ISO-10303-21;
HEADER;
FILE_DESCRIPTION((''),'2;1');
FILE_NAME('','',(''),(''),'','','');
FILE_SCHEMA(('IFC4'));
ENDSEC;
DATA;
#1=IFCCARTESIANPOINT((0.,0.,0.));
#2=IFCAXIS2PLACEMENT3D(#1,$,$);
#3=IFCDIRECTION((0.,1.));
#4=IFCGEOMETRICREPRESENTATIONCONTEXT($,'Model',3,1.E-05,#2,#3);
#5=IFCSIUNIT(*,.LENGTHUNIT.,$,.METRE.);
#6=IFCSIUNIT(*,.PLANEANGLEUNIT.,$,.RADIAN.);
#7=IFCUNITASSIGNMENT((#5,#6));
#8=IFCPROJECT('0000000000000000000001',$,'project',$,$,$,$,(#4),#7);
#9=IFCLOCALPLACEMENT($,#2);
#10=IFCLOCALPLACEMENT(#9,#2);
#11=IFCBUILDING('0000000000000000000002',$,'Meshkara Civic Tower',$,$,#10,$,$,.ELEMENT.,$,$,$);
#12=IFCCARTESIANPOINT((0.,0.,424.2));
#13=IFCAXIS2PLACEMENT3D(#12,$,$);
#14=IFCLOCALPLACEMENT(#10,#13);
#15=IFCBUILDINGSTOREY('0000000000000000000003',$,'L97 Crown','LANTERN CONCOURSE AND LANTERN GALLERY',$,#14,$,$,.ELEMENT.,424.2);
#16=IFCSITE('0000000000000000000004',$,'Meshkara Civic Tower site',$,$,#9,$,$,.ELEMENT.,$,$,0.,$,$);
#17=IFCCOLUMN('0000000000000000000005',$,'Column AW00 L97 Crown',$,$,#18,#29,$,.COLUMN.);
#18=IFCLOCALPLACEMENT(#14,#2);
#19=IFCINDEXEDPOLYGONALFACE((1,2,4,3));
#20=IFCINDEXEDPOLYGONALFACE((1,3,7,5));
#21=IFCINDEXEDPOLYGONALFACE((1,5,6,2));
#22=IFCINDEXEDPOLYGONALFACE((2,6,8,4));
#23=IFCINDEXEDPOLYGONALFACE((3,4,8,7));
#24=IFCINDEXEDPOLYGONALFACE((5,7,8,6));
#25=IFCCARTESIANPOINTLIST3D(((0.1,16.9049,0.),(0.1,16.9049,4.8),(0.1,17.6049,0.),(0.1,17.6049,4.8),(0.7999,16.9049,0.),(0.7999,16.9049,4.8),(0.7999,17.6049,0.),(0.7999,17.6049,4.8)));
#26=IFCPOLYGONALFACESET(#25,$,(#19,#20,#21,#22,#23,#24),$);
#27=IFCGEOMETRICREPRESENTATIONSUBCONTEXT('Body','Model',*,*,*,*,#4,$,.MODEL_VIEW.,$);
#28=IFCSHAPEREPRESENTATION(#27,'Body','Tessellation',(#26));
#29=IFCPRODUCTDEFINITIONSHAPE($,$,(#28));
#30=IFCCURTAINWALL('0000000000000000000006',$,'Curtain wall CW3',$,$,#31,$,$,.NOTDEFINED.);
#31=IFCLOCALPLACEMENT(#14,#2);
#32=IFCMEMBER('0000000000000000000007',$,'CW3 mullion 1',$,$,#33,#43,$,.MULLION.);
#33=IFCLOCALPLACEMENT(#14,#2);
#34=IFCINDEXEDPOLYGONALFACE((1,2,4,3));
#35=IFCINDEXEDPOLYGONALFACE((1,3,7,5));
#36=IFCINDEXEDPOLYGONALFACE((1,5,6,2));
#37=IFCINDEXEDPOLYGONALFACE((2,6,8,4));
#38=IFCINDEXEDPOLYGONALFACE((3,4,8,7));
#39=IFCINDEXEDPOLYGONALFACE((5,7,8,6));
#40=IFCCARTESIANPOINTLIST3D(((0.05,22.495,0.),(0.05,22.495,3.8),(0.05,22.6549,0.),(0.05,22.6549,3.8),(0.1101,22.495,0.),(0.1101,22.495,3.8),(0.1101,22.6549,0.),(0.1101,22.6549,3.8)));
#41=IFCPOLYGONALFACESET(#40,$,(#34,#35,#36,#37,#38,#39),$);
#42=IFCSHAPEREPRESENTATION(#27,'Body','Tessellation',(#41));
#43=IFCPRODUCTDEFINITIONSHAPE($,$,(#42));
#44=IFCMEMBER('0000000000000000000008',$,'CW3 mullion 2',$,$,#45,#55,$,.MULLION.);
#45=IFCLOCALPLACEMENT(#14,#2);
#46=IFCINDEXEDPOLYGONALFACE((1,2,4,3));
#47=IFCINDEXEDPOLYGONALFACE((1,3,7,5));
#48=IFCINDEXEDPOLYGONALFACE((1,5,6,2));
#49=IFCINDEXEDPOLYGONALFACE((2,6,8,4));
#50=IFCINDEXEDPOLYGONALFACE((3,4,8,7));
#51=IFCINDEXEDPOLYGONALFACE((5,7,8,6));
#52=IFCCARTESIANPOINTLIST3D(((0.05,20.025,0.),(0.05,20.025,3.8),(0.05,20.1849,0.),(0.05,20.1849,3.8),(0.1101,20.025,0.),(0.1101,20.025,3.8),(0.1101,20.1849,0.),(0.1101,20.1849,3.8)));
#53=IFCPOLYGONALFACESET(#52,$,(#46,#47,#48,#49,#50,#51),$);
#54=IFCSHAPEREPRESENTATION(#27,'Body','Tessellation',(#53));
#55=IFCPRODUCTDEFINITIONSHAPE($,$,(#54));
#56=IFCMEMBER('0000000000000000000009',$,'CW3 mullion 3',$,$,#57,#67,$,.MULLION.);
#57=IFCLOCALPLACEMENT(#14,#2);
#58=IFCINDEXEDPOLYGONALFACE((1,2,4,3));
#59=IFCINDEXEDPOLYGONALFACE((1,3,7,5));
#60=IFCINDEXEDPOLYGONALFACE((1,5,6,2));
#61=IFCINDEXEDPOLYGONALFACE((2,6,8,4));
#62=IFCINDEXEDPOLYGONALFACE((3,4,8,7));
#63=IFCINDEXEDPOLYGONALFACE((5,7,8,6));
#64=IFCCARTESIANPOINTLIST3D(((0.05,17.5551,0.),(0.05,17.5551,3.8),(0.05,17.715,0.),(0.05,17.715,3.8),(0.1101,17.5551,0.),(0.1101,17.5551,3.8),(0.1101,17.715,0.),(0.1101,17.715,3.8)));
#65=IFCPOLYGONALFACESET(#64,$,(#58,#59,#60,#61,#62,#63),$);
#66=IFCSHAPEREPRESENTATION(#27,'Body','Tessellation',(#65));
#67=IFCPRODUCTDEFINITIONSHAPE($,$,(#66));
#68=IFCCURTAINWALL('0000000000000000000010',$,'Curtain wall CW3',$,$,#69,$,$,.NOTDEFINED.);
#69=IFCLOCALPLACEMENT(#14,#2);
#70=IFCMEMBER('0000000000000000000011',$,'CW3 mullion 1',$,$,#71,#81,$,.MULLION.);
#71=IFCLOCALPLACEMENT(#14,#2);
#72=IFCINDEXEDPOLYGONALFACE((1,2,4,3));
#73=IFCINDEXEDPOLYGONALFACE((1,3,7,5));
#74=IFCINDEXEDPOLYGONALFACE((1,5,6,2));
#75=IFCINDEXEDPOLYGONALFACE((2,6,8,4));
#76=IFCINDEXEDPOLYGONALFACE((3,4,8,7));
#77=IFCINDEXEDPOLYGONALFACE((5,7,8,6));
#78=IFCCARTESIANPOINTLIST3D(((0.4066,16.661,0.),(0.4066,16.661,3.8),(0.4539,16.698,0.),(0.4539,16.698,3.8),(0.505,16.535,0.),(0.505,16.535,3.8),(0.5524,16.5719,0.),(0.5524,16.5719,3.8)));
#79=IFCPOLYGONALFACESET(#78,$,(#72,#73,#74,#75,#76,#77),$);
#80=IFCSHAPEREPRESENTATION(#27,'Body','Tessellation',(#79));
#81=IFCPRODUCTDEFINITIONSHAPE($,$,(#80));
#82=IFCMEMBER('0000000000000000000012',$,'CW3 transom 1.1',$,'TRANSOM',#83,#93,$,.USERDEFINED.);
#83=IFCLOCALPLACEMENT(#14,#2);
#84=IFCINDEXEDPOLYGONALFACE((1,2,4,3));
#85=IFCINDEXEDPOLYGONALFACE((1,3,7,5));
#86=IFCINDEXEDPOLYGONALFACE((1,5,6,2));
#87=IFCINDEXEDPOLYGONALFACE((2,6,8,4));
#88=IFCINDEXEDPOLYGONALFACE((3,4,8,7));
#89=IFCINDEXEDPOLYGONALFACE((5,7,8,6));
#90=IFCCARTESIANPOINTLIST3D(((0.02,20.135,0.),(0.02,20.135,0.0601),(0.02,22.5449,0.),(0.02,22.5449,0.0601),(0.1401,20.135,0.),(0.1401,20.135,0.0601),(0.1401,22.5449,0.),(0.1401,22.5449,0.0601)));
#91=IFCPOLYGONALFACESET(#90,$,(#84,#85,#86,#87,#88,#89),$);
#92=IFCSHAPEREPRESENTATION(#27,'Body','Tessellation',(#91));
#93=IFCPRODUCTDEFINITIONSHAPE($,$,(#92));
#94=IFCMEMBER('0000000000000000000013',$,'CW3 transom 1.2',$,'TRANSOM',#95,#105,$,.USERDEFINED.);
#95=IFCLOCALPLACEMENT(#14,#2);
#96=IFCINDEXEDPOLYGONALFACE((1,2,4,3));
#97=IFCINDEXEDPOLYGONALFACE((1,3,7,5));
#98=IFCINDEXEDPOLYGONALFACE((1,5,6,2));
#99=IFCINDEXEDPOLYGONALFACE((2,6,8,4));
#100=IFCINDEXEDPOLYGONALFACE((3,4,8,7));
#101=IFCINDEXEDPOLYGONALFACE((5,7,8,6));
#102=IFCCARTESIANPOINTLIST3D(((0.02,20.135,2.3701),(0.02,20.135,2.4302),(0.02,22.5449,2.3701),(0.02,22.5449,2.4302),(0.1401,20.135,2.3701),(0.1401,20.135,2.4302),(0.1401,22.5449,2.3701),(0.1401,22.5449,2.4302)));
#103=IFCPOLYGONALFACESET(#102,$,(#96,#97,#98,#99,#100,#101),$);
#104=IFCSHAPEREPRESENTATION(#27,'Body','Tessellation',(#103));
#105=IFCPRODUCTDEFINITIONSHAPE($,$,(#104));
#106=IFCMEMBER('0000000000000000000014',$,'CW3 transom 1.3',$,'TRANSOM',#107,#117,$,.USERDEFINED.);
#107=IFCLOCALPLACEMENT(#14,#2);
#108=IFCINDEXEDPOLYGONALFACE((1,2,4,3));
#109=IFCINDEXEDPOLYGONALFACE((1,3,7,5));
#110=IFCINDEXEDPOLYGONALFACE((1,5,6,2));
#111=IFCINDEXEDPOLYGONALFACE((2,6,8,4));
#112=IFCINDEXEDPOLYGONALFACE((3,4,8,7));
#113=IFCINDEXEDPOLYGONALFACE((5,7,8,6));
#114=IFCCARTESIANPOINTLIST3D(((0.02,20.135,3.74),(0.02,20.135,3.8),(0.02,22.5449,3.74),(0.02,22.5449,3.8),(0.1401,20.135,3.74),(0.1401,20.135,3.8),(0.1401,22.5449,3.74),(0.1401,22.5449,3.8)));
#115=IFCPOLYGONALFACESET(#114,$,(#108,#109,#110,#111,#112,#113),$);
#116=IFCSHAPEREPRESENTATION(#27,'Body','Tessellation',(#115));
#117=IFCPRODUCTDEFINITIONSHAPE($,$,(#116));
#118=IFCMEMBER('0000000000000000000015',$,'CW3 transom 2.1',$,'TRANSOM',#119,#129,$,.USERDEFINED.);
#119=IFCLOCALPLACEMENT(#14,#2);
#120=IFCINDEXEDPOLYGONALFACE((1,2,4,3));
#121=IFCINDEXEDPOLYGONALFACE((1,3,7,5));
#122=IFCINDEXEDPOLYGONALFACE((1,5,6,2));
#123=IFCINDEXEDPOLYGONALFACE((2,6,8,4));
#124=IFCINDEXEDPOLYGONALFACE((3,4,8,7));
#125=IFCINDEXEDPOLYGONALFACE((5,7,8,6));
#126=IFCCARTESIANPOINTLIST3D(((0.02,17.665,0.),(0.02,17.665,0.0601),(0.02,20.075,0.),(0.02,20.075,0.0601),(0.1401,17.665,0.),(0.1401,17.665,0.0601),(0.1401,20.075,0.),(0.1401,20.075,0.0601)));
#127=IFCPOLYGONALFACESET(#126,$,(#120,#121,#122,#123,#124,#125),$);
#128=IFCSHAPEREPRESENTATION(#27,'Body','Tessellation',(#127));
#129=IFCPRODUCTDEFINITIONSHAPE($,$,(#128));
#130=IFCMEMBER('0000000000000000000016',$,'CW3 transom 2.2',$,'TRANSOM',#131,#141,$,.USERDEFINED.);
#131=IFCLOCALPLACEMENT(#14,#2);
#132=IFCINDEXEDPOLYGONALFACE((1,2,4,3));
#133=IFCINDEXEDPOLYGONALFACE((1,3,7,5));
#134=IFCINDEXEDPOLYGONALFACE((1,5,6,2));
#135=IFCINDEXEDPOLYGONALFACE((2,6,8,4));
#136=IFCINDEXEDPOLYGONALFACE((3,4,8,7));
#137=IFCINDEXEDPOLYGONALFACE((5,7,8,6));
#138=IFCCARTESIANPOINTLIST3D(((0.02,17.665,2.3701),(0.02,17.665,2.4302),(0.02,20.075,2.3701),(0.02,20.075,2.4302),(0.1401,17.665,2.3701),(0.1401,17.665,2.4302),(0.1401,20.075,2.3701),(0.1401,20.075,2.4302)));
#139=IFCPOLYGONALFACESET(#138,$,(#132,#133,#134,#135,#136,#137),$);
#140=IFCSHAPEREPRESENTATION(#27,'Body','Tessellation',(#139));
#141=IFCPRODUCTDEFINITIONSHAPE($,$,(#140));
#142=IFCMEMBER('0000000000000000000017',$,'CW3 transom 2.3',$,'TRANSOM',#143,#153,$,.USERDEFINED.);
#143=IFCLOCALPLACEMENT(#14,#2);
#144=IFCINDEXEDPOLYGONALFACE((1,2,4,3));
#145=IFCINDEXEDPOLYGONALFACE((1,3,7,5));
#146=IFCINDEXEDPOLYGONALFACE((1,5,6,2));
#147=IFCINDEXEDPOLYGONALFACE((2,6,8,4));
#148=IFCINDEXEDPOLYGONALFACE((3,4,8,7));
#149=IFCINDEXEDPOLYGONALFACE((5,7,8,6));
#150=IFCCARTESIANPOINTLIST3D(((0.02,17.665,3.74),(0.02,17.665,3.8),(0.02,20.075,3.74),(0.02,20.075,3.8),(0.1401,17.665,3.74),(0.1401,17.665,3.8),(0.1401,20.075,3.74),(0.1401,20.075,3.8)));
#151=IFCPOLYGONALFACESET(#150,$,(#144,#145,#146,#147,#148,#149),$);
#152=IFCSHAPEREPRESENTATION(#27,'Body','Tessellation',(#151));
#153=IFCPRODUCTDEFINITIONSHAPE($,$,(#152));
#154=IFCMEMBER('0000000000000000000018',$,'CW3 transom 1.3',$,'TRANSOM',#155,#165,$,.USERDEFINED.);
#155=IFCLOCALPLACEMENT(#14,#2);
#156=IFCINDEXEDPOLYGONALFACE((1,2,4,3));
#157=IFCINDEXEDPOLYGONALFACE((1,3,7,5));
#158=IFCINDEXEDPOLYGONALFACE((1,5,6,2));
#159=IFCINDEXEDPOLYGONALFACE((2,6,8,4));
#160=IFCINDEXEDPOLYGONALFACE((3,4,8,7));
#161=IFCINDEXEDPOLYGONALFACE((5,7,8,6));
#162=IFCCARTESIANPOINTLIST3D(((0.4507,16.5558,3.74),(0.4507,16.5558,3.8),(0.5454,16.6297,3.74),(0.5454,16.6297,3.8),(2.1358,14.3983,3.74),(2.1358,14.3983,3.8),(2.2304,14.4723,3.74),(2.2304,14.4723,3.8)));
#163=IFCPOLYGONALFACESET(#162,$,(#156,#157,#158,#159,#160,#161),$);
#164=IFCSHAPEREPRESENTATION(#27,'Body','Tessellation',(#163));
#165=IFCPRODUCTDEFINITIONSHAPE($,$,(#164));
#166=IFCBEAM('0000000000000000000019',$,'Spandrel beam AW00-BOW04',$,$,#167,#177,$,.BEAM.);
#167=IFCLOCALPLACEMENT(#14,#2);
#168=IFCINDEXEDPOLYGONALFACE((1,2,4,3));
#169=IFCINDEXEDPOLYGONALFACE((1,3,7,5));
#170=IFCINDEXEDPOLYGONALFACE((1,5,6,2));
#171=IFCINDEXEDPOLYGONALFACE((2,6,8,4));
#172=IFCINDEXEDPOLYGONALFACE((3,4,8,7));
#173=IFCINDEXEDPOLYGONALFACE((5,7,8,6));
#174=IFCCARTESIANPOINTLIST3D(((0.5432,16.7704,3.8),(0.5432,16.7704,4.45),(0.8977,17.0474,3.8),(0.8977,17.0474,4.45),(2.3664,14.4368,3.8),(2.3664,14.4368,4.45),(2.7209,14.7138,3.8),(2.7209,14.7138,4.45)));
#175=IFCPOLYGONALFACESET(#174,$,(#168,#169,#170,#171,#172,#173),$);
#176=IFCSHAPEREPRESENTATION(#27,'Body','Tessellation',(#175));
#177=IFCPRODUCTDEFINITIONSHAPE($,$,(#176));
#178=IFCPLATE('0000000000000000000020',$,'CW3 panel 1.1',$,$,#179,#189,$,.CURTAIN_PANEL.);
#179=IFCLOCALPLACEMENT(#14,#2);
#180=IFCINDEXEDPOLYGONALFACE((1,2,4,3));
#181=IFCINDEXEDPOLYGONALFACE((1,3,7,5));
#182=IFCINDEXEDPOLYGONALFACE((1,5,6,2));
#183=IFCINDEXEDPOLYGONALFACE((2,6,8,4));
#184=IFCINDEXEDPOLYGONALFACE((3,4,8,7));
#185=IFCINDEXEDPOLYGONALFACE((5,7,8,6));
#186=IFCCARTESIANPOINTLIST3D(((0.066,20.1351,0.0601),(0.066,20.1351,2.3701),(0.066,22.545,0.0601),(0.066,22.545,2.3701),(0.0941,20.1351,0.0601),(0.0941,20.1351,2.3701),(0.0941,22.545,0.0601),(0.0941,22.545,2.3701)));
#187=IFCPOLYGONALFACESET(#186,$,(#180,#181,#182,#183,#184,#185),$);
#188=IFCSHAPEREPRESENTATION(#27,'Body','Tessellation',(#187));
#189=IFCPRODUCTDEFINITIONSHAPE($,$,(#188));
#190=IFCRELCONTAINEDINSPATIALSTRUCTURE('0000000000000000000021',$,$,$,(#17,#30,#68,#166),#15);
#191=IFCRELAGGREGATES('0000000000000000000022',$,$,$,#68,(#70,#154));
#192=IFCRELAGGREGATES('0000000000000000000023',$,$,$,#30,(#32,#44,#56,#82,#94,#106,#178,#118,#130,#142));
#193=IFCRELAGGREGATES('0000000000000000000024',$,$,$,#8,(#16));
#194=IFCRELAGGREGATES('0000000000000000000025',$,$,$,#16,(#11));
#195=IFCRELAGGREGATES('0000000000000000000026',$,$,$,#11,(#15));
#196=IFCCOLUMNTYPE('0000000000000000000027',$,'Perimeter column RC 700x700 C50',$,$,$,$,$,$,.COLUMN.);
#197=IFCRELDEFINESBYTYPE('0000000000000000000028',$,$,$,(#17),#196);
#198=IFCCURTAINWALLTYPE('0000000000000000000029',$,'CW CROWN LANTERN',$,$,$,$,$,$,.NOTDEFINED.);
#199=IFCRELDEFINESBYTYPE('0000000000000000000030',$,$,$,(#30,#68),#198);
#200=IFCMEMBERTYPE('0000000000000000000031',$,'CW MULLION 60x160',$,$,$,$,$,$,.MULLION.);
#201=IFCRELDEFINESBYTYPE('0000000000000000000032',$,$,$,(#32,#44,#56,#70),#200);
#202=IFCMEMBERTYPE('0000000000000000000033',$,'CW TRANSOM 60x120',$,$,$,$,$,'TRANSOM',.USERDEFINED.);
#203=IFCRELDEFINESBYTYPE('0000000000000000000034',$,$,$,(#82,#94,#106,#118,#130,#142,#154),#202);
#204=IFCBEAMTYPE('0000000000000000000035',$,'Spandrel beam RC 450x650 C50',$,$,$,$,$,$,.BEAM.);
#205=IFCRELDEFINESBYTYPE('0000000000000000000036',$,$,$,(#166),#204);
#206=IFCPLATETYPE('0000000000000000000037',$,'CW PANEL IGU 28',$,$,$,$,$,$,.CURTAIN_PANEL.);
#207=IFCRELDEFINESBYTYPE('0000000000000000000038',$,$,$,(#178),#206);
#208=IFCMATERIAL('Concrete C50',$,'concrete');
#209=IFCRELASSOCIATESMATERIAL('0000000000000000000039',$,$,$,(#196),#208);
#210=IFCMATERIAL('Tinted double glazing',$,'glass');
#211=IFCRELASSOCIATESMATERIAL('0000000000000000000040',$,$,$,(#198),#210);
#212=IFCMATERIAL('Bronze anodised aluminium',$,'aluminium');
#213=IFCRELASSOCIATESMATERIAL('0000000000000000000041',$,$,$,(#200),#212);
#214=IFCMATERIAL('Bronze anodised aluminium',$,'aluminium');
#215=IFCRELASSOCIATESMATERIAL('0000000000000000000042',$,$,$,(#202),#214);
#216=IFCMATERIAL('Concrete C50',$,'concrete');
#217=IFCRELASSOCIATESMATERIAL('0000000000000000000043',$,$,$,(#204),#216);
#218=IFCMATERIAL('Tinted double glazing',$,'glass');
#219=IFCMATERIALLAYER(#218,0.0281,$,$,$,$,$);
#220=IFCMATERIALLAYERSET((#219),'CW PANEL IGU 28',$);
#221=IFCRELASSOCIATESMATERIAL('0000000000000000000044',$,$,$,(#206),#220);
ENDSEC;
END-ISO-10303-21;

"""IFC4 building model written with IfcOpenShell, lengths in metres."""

from ifc_helpers import new_model, si_unit, direction, frame, origin, origin_2d, place, context, subcontext, project, spatial, rectangle, extrude, material, layer, layer_set, material_profile, profile_set, type_object, element, aggregate, save


model = new_model("IFC4")

# Units and contexts
model_context = context("Model", 3, precision=1e-05, world=origin(), true_north=direction((0.0, 1.0)))
body_context = subcontext(model_context, "Body", "Model", "MODEL_VIEW")
ifc_project = project(units=[si_unit("LENGTHUNIT", "METRE"), si_unit("PLANEANGLEUNIT", "RADIAN")], contexts=[model_context])

# Site, building, storey
site_placement = place(None, origin())
site = spatial("IfcSite", under=ifc_project, at=site_placement, Name="Meshkara Civic Tower site", CompositionType="ELEMENT", RefElevation=0.0)
building_placement = place(site_placement, origin())
building = spatial("IfcBuilding", under=site, at=building_placement, Name="Meshkara Civic Tower", CompositionType="ELEMENT")
storey_placement = place(building_placement, frame((0.0, 0.0, 424.2)))
storey = spatial("IfcBuildingStorey", under=building, at=storey_placement, Name="L97 Crown", Description="LANTERN CONCOURSE AND LANTERN GALLERY", CompositionType="ELEMENT", Elevation=424.2)

# Column
ifc_material_1 = material(Name="Concrete C50", Category="concrete")
ifc_material_profile_1 = material_profile(ifc_material_1, rectangle(XDim=0.7, YDim=0.7, at=origin_2d()))
ifc_profile_set_1 = profile_set([ifc_material_profile_1], Name="Concrete C50")
column_type = type_object("IfcColumnType", Name="Perimeter column RC 700x700 C50", PredefinedType="COLUMN", material=ifc_profile_set_1)
column_placement = place(storey_placement, frame((0.45, 17.2549, 0.0), z_axis=(0.0, 0.0, 1.0), x_axis=(1.0, 0.0, 0.0)))
element("IfcColumn", 1, at=column_placement, inside=storey, type_object=column_type, Name="Column AW00 L97 Crown", PredefinedType="COLUMN", context=body_context, shape_type="SweptSolid", body=[
    extrude(rectangle(XDim=0.7, YDim=0.7, at=origin_2d()), origin(), (0.0, 0.0, 1.0), 4.8),
])

# Curtain wall, members
ifc_material_2 = material(Name="Tinted double glazing", Category="glass")
curtain_wall_type = type_object("IfcCurtainWallType", Name="CW CROWN LANTERN", PredefinedType="NOTDEFINED", material=ifc_material_2)
curtain_wall_1_placement = place(storey_placement, origin())
curtain_wall_1 = element("IfcCurtainWall", 2, at=curtain_wall_1_placement, inside=storey, type_object=curtain_wall_type, Name="Curtain wall CW3", PredefinedType="NOTDEFINED")
ifc_material_3 = material(Name="Bronze anodised aluminium", Category="aluminium")
ifc_material_profile_2 = material_profile(ifc_material_3, rectangle(XDim=0.0601, YDim=0.1599, at=origin_2d()))
ifc_profile_set_2 = profile_set([ifc_material_profile_2], Name="Bronze anodised aluminium")
member_type_1 = type_object("IfcMemberType", Name="CW MULLION 60x160", PredefinedType="MULLION", material=ifc_profile_set_2)
member_1_placement = place(storey_placement, frame((0.0801, 22.575, 0.0), z_axis=(0.0, 0.0, 1.0), x_axis=(1.0, 0.0, 0.0)))
member_1 = element("IfcMember", 3, at=member_1_placement, type_object=member_type_1, Name="CW3 mullion 1", PredefinedType="MULLION", context=body_context, shape_type="SweptSolid", body=[
    extrude(rectangle(XDim=0.0601, YDim=0.1599, at=origin_2d()), origin(), (0.0, 0.0, 1.0), 3.8),
])
member_2_placement = place(storey_placement, frame((0.0801, 20.105, 0.0), z_axis=(0.0, 0.0, 1.0), x_axis=(1.0, 0.0, 0.0)))
member_2 = element("IfcMember", 4, at=member_2_placement, type_object=member_type_1, Name="CW3 mullion 2", PredefinedType="MULLION", context=body_context, shape_type="SweptSolid", body=[
    extrude(rectangle(XDim=0.0601, YDim=0.1599, at=origin_2d()), origin(), (0.0, 0.0, 1.0), 3.8),
])
member_3_placement = place(storey_placement, frame((0.0801, 17.635, 0.0), z_axis=(0.0, 0.0, 1.0), x_axis=(1.0, 0.0, 0.0)))
member_3 = element("IfcMember", 5, at=member_3_placement, type_object=member_type_1, Name="CW3 mullion 3", PredefinedType="MULLION", context=body_context, shape_type="SweptSolid", body=[
    extrude(rectangle(XDim=0.0601, YDim=0.1599, at=origin_2d()), origin(), (0.0, 0.0, 1.0), 3.8),
])

# Curtain wall, member
curtain_wall_2_placement = place(storey_placement, origin())
curtain_wall_2 = element("IfcCurtainWall", 6, at=curtain_wall_2_placement, inside=storey, type_object=curtain_wall_type, Name="Curtain wall CW3", PredefinedType="NOTDEFINED")
member_4_placement = place(storey_placement, frame((0.4795, 16.6165, 0.0), z_axis=(0.0, 0.0, 1.0), x_axis=(0.788088, 0.615563, 0.0)))
member_4 = element("IfcMember", 7, at=member_4_placement, type_object=member_type_1, Name="CW3 mullion 1", PredefinedType="MULLION", context=body_context, shape_type="SweptSolid", body=[
    extrude(rectangle(XDim=0.0601, YDim=0.1599, at=origin_2d()), origin(), (0.0, 0.0, 1.0), 3.8),
])

# Members
ifc_material_4 = material(Name="Bronze anodised aluminium", Category="aluminium")
ifc_material_profile_3 = material_profile(ifc_material_4, rectangle(XDim=0.1201, YDim=0.0601, at=origin_2d()))
ifc_profile_set_3 = profile_set([ifc_material_profile_3], Name="Bronze anodised aluminium")
member_type_2 = type_object("IfcMemberType", Name="CW TRANSOM 60x120", ElementType="TRANSOM", PredefinedType="USERDEFINED", material=ifc_profile_set_3)
member_5_placement = place(storey_placement, frame((0.0801, 22.5449, 0.03), z_axis=(0.0, -1.0, 0.0), x_axis=(1.0, 0.0, 0.0)))
member_5 = element("IfcMember", 8, at=member_5_placement, type_object=member_type_2, Name="CW3 transom 1.1", ObjectType="TRANSOM", PredefinedType="USERDEFINED", context=body_context, shape_type="SweptSolid", body=[
    extrude(rectangle(XDim=0.1201, YDim=0.0601, at=origin_2d()), origin(), (0.0, 0.0, 1.0), 2.4099),
])
member_6_placement = place(storey_placement, frame((0.0801, 22.5449, 2.4001), z_axis=(0.0, -1.0, 0.0), x_axis=(1.0, 0.0, 0.0)))
member_6 = element("IfcMember", 9, at=member_6_placement, type_object=member_type_2, Name="CW3 transom 1.2", ObjectType="TRANSOM", PredefinedType="USERDEFINED", context=body_context, shape_type="SweptSolid", body=[
    extrude(rectangle(XDim=0.1201, YDim=0.0601, at=origin_2d()), origin(), (0.0, 0.0, 1.0), 2.4099),
])
member_7_placement = place(storey_placement, frame((0.0801, 22.5449, 3.77), z_axis=(0.0, -1.0, 0.0), x_axis=(1.0, 0.0, 0.0)))
member_7 = element("IfcMember", 10, at=member_7_placement, type_object=member_type_2, Name="CW3 transom 1.3", ObjectType="TRANSOM", PredefinedType="USERDEFINED", context=body_context, shape_type="SweptSolid", body=[
    extrude(rectangle(XDim=0.1201, YDim=0.0601, at=origin_2d()), origin(), (0.0, 0.0, 1.0), 2.4099),
])
member_8_placement = place(storey_placement, frame((0.0801, 20.075, 0.03), z_axis=(0.0, -1.0, 0.0), x_axis=(1.0, 0.0, 0.0)))
member_8 = element("IfcMember", 11, at=member_8_placement, type_object=member_type_2, Name="CW3 transom 2.1", ObjectType="TRANSOM", PredefinedType="USERDEFINED", context=body_context, shape_type="SweptSolid", body=[
    extrude(rectangle(XDim=0.1201, YDim=0.0601, at=origin_2d()), origin(), (0.0, 0.0, 1.0), 2.4099),
])
member_9_placement = place(storey_placement, frame((0.0801, 20.075, 2.4001), z_axis=(0.0, -1.0, 0.0), x_axis=(1.0, 0.0, 0.0)))
member_9 = element("IfcMember", 12, at=member_9_placement, type_object=member_type_2, Name="CW3 transom 2.2", ObjectType="TRANSOM", PredefinedType="USERDEFINED", context=body_context, shape_type="SweptSolid", body=[
    extrude(rectangle(XDim=0.1201, YDim=0.0601, at=origin_2d()), origin(), (0.0, 0.0, 1.0), 2.4099),
])
member_10_placement = place(storey_placement, frame((0.0801, 20.075, 3.77), z_axis=(0.0, -1.0, 0.0), x_axis=(1.0, 0.0, 0.0)))
member_10 = element("IfcMember", 13, at=member_10_placement, type_object=member_type_2, Name="CW3 transom 2.3", ObjectType="TRANSOM", PredefinedType="USERDEFINED", context=body_context, shape_type="SweptSolid", body=[
    extrude(rectangle(XDim=0.1201, YDim=0.0601, at=origin_2d()), origin(), (0.0, 0.0, 1.0), 2.4099),
])
member_11_placement = place(storey_placement, frame((0.498, 16.5928, 3.77), z_axis=(0.615538, -0.788107, 0.0), x_axis=(0.788107, 0.615538, 0.0)))
member_11 = element("IfcMember", 14, at=member_11_placement, type_object=member_type_2, Name="CW3 transom 1.3", ObjectType="TRANSOM", PredefinedType="USERDEFINED", context=body_context, shape_type="SweptSolid", body=[
    extrude(rectangle(XDim=0.1201, YDim=0.0601, at=origin_2d()), origin(), (0.0, 0.0, 1.0), 2.7375),
])
aggregate(curtain_wall_2, [member_4, member_11])

# Beam
ifc_material_5 = material(Name="Concrete C50", Category="concrete")
ifc_material_profile_4 = material_profile(ifc_material_5, rectangle(XDim=0.45, YDim=0.6499, at=origin_2d()))
ifc_profile_set_4 = profile_set([ifc_material_profile_4], Name="Concrete C50")
beam_type = type_object("IfcBeamType", Name="Spandrel beam RC 450x650 C50", PredefinedType="BEAM", material=ifc_profile_set_4)
beam_placement = place(storey_placement, frame((0.7205, 16.9089, 4.125), z_axis=(0.615646, -0.788023, 0.0), x_axis=(0.788023, 0.615646, 0.0)))
element("IfcBeam", 15, at=beam_placement, inside=storey, type_object=beam_type, Name="Spandrel beam AW00-BOW04", PredefinedType="BEAM", context=body_context, shape_type="SweptSolid", body=[
    extrude(rectangle(XDim=0.45, YDim=0.6499, at=origin_2d()), origin(), (0.0, 0.0, 1.0), 2.9614),
])

# Plate
ifc_material_6 = material(Name="Tinted double glazing", Category="glass")
ifc_layer_1 = layer(ifc_material_6, 0.0281)
ifc_layer_set_1 = layer_set([ifc_layer_1], Name="CW PANEL IGU 28")
plate_type = type_object("IfcPlateType", Name="CW PANEL IGU 28", PredefinedType="CURTAIN_PANEL", material=ifc_layer_set_1)
plate_1_placement = place(storey_placement, frame((0.0801, 21.3401, 0.0601), z_axis=(0.0, 0.0, 1.0), x_axis=(0.0, -1.0, 0.0)))
plate_1 = element("IfcPlate", 16, at=plate_1_placement, type_object=plate_type, Name="CW3 panel 1.1", PredefinedType="CURTAIN_PANEL", context=body_context, shape_type="SweptSolid", body=[
    extrude(rectangle(XDim=2.4099, YDim=0.0281, at=origin_2d()), origin(), (0.0, 0.0, 1.0), 2.3101),
])
aggregate(curtain_wall_1, [member_1, member_2, member_3, member_5, member_6, member_7, plate_1, member_8, member_9, member_10])

save(model, "model.ifc")
